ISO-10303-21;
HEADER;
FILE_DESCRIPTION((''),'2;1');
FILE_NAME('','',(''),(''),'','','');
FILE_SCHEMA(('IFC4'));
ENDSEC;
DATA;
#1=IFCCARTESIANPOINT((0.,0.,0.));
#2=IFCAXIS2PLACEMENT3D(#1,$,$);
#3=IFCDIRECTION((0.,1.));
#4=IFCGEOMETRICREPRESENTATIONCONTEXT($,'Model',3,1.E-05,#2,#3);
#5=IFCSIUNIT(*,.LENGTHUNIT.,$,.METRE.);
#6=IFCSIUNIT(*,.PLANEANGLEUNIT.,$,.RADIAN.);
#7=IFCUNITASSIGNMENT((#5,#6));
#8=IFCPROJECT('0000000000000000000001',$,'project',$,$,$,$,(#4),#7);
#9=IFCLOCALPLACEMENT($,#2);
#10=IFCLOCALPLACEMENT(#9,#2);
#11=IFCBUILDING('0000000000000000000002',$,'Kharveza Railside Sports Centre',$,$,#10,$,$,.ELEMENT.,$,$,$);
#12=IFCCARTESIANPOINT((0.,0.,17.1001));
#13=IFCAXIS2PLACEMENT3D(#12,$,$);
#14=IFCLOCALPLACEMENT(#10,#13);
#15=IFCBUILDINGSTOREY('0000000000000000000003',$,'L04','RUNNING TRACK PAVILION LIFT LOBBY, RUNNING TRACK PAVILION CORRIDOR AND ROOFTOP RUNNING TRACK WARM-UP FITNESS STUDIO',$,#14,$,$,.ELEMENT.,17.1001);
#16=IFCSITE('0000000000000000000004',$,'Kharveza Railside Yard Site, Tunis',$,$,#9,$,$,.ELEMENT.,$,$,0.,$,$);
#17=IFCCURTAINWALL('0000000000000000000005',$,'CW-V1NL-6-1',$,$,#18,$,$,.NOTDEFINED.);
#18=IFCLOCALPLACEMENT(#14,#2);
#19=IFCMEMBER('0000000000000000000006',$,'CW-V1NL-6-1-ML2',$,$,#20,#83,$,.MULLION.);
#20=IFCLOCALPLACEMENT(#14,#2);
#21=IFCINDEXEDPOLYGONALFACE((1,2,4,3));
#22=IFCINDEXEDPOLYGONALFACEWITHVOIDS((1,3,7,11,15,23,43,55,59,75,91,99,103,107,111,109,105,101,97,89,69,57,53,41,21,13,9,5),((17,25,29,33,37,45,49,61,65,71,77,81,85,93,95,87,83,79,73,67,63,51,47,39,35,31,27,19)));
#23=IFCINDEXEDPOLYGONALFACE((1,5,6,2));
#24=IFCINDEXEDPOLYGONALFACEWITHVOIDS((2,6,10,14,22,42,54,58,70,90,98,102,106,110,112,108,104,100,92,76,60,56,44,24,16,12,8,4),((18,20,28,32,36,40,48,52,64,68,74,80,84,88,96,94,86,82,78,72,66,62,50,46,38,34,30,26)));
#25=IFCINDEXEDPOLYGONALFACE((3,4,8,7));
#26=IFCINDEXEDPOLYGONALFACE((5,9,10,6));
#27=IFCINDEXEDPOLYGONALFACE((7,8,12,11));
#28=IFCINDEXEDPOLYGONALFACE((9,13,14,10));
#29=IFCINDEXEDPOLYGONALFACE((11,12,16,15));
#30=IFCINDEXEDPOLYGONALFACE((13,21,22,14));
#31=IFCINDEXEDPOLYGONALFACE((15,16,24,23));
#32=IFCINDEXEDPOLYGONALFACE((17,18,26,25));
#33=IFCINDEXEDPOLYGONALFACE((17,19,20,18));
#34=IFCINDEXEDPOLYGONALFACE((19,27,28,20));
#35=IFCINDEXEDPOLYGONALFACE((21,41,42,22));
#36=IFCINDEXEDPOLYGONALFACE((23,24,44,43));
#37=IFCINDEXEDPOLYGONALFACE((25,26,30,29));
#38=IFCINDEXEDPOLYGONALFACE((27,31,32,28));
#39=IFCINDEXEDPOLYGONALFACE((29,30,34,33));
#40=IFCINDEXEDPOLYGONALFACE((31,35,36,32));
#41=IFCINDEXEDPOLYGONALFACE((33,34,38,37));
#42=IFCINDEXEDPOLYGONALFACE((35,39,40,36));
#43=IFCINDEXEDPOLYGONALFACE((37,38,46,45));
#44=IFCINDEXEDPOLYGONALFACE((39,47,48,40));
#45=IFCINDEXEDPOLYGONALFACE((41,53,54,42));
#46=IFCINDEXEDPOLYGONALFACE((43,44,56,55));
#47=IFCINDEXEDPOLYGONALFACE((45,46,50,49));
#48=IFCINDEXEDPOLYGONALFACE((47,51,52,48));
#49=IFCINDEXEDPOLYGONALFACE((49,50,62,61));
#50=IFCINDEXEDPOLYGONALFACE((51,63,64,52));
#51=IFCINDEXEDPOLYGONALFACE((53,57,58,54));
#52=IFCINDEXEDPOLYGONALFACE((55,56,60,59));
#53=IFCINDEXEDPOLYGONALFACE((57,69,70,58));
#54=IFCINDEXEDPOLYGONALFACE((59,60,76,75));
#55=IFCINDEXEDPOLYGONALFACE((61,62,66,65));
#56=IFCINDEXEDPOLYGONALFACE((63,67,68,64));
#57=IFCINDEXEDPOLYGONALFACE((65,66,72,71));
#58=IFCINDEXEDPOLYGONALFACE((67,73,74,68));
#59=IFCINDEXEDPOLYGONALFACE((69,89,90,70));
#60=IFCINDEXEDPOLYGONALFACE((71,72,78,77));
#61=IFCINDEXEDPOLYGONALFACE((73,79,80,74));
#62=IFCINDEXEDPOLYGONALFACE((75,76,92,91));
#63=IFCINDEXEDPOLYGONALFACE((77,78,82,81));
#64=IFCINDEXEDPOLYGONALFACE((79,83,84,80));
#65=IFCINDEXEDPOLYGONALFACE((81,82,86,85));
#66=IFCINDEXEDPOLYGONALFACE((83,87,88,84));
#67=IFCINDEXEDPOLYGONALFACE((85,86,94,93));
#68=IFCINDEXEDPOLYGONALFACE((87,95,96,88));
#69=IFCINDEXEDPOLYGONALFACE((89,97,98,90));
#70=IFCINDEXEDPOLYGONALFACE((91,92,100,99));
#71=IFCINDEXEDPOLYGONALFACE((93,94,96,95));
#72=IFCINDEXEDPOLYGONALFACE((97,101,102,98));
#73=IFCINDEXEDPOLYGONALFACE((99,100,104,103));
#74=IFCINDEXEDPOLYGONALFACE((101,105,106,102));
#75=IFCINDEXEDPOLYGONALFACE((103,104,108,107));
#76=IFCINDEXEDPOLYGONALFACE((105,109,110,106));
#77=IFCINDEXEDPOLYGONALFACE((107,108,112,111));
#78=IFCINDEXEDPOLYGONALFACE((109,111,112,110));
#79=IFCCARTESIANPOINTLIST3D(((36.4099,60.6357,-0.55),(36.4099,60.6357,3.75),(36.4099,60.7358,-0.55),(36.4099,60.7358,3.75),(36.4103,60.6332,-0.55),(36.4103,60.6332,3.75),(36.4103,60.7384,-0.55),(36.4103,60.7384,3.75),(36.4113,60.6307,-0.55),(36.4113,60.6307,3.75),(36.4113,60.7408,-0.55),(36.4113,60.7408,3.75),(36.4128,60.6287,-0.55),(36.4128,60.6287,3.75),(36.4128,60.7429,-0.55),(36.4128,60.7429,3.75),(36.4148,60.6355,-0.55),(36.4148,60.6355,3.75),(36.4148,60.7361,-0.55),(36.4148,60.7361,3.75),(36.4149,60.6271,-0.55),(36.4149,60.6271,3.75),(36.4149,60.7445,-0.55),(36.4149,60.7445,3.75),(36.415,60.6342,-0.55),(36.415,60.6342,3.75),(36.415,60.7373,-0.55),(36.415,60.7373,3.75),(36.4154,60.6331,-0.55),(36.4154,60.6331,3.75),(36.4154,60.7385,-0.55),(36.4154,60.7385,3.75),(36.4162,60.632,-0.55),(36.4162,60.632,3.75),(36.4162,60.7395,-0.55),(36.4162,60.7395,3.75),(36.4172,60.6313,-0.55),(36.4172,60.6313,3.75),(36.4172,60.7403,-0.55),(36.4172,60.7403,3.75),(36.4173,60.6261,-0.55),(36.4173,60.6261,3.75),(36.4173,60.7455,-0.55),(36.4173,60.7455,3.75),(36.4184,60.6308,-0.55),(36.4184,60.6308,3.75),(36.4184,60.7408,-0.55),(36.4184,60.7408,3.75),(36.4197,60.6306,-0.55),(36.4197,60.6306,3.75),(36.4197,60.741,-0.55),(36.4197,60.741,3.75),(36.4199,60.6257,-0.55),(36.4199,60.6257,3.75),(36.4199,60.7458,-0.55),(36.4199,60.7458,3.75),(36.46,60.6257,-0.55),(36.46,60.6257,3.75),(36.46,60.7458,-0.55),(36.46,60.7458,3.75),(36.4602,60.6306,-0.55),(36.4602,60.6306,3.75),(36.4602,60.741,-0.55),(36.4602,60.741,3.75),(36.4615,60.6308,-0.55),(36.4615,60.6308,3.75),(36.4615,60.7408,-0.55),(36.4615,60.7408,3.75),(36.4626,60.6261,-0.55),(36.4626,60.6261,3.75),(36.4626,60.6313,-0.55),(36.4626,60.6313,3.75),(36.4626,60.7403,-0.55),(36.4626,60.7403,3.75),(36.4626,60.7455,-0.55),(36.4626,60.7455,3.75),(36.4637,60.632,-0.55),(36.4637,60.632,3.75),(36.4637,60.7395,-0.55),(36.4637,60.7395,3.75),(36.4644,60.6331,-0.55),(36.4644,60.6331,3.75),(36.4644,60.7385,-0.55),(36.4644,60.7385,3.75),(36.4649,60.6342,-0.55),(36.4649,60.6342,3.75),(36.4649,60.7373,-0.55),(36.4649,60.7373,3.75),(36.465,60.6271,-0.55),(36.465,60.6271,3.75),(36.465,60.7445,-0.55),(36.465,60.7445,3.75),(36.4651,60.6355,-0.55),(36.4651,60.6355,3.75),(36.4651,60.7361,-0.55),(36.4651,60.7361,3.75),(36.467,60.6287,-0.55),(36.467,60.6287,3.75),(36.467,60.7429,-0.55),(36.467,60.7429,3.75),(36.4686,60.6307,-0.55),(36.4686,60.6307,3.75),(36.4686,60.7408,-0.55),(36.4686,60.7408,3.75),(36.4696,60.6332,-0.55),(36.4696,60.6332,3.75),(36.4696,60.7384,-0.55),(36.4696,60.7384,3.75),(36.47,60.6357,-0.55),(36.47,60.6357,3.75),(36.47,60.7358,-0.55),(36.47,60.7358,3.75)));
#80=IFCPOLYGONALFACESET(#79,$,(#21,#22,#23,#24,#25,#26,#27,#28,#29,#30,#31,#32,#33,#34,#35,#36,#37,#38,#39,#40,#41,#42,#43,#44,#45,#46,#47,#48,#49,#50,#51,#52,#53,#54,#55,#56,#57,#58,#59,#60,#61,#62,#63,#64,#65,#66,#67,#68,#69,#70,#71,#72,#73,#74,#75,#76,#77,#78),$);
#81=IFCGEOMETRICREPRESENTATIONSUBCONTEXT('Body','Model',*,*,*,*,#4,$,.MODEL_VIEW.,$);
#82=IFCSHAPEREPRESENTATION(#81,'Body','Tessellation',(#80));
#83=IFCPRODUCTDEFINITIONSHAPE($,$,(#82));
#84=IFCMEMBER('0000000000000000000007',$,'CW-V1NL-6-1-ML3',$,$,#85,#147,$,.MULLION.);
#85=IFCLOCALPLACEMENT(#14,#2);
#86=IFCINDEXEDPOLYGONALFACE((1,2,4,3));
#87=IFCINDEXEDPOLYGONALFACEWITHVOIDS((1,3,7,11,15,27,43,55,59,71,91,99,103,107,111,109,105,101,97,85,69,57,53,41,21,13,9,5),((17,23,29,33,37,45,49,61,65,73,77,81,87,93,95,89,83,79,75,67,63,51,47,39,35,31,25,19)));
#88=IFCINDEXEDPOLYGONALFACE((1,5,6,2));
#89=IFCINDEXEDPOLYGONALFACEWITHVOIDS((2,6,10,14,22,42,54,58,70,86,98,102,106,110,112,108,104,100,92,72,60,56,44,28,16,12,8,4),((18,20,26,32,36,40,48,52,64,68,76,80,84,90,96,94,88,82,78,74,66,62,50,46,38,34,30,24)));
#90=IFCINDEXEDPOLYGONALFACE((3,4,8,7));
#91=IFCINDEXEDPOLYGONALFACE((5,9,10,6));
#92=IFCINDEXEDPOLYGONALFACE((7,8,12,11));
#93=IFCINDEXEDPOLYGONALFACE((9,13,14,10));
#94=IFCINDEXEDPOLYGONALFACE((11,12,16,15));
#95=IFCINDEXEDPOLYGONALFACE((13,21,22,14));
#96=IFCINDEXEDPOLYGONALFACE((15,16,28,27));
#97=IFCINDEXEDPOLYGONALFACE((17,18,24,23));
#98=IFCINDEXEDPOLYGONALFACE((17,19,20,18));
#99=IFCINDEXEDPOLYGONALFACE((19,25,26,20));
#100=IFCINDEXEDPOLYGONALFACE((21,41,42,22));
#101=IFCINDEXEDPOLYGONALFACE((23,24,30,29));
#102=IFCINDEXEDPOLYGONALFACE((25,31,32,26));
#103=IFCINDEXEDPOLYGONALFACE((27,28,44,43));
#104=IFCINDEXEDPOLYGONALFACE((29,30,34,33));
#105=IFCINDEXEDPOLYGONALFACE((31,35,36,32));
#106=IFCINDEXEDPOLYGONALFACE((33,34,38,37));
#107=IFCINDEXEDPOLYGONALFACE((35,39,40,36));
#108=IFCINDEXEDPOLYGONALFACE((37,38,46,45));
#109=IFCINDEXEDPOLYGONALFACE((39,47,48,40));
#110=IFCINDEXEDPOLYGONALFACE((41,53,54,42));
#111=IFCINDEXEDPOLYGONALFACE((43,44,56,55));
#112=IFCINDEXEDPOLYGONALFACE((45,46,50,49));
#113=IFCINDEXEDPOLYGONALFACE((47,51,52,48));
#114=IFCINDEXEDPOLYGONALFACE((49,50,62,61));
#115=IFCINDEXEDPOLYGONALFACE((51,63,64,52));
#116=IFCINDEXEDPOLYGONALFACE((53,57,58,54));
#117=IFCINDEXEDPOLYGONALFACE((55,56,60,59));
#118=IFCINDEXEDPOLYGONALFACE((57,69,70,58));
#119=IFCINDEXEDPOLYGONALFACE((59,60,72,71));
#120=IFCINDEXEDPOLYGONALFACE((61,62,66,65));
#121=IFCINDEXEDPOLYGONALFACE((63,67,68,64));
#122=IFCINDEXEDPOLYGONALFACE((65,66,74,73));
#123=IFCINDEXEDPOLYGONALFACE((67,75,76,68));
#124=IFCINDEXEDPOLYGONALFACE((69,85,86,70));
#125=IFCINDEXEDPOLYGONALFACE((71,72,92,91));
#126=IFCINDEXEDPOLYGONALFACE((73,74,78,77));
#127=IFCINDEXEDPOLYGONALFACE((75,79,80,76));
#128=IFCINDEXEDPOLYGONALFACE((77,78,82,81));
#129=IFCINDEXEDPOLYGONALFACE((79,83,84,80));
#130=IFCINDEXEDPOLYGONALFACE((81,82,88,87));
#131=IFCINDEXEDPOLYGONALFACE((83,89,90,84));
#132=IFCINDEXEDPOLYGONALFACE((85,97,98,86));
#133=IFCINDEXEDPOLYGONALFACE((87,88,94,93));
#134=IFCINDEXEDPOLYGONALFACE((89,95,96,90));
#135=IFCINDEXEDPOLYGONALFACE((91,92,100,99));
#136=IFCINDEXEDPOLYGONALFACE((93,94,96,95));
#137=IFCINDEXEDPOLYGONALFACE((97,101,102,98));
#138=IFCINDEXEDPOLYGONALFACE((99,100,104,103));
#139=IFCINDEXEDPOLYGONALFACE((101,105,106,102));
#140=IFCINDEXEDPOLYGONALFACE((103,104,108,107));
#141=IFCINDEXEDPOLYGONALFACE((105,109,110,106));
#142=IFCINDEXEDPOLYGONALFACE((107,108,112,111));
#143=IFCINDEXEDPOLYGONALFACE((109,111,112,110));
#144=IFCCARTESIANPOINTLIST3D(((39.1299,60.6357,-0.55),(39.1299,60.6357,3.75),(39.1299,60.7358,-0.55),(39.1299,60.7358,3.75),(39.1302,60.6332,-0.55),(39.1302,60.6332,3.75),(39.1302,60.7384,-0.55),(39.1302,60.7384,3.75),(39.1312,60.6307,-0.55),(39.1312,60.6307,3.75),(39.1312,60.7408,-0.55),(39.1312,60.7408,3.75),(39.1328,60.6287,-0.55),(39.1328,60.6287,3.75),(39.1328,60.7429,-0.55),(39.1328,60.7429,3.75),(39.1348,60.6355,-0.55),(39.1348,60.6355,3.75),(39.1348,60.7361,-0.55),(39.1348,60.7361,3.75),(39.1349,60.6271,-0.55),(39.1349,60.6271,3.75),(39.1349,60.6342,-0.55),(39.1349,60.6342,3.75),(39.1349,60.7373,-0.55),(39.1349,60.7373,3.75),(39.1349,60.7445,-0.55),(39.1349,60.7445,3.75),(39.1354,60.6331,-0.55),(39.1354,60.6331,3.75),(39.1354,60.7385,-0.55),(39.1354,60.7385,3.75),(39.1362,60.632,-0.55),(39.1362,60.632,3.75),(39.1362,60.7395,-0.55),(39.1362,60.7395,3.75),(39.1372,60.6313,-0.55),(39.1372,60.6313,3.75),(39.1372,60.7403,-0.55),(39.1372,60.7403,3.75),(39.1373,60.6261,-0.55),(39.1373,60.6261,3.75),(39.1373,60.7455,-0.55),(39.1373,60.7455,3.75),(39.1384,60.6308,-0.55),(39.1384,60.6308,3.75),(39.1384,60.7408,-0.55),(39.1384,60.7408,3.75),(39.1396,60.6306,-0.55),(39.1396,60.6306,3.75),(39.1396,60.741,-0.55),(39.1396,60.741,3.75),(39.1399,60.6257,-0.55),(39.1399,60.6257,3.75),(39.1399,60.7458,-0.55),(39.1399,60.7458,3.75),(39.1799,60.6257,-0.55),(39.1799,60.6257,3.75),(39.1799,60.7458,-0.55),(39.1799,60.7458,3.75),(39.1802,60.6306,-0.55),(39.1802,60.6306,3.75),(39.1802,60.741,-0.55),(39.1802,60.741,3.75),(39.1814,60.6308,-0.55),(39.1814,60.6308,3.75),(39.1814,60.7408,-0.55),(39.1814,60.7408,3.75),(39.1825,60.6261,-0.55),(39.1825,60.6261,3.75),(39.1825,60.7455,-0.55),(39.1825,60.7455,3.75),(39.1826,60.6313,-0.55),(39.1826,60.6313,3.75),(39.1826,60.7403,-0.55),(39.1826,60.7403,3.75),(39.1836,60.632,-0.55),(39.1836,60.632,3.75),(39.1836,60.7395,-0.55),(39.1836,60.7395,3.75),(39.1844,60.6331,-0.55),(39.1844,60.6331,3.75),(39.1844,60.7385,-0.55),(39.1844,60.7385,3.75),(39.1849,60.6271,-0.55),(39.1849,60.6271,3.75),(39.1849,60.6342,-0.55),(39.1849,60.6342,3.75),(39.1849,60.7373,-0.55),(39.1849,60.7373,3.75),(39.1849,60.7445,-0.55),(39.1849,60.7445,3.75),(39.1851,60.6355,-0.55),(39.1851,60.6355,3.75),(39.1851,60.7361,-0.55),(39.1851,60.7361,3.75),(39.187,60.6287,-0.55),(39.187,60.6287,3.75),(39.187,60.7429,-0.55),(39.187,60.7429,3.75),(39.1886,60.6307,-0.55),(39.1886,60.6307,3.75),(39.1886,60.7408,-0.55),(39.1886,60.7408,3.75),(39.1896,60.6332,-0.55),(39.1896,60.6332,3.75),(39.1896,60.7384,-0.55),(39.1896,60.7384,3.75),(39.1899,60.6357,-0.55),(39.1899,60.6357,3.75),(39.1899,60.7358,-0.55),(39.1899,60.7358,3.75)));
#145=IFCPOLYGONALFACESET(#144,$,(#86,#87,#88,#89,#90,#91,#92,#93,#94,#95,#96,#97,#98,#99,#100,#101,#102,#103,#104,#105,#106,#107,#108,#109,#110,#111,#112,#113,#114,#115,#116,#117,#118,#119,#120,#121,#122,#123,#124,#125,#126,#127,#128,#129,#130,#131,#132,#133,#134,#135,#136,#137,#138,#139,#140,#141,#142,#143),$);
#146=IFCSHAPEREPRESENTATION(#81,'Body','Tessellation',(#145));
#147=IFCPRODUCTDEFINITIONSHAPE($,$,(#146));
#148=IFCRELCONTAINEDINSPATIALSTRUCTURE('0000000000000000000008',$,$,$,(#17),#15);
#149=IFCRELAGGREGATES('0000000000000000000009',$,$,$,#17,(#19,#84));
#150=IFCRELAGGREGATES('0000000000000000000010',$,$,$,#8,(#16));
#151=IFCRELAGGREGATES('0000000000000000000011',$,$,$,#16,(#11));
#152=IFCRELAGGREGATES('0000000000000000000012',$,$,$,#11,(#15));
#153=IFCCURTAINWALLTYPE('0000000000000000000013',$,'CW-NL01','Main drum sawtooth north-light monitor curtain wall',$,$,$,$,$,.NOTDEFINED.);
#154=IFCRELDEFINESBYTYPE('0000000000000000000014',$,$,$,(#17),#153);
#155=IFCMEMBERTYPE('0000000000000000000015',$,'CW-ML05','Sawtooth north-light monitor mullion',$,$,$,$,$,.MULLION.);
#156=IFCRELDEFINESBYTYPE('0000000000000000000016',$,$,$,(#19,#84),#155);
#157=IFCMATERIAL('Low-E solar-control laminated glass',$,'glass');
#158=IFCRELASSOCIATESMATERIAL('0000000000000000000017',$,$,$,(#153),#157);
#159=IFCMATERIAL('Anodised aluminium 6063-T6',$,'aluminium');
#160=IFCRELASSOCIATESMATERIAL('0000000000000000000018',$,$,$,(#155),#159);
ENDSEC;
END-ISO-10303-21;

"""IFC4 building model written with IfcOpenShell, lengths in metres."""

from ifc_helpers import new_model, si_unit, direction, frame, origin, origin_2d, place, context, subcontext, project, spatial, hollow_rectangle, extrude, material, material_profile, profile_set, type_object, element, aggregate, save


model = new_model("IFC4")

# Units and contexts
model_context = context("Model", 3, precision=1e-05, world=origin(), true_north=direction((0.0, 1.0)))
body_context = subcontext(model_context, "Body", "Model", "MODEL_VIEW")
ifc_project = project(units=[si_unit("LENGTHUNIT", "METRE"), si_unit("PLANEANGLEUNIT", "RADIAN")], contexts=[model_context])

# Site, building, storey
site_placement = place(None, origin())
site = spatial("IfcSite", under=ifc_project, at=site_placement, Name="Kharveza Railside Yard Site, Tunis", CompositionType="ELEMENT", RefElevation=0.0)
building_placement = place(site_placement, origin())
building = spatial("IfcBuilding", under=site, at=building_placement, Name="Kharveza Railside Sports Centre", CompositionType="ELEMENT")
storey_placement = place(building_placement, frame((0.0, 0.0, 17.1001)))
storey = spatial("IfcBuildingStorey", under=building, at=storey_placement, Name="L04", Description="RUNNING TRACK PAVILION LIFT LOBBY, RUNNING TRACK PAVILION CORRIDOR AND ROOFTOP RUNNING TRACK WARM-UP FITNESS STUDIO", CompositionType="ELEMENT", Elevation=17.1001)

# Curtain wall, members
ifc_material_1 = material(Name="Low-E solar-control laminated glass", Category="glass")
curtain_wall_type = type_object("IfcCurtainWallType", Name="CW-NL01", Description="Main drum sawtooth north-light monitor curtain wall", PredefinedType="NOTDEFINED", material=ifc_material_1)
curtain_wall_1_placement = place(storey_placement, origin())
curtain_wall_1 = element("IfcCurtainWall", 1, at=curtain_wall_1_placement, inside=storey, type_object=curtain_wall_type, Name="CW-V1NL-6-1", PredefinedType="NOTDEFINED")
ifc_material_2 = material(Name="Anodised aluminium 6063-T6", Category="aluminium")
ifc_material_profile_1 = material_profile(ifc_material_2, hollow_rectangle(XDim=0.0601, YDim=0.1201, WallThickness=0.0049, InnerFilletRadius=0.0049, OuterFilletRadius=0.01, at=origin_2d()), Name="RHS 60x120x5.0")
ifc_profile_set_1 = profile_set([ifc_material_profile_1], Name="Anodised aluminium 6063-T6")
member_type_1 = type_object("IfcMemberType", Name="CW-ML05", Description="Sawtooth north-light monitor mullion", PredefinedType="MULLION", material=ifc_profile_set_1)
member_1_placement = place(storey_placement, frame((36.4399, 60.6858, -0.55), z_axis=(0.0, 0.0, 1.0), x_axis=(1.0, 0.0, 0.0)))
member_1 = element("IfcMember", 2, at=member_1_placement, type_object=member_type_1, Name="CW-V1NL-6-1-ML2", PredefinedType="MULLION", context=body_context, shape_type="SweptSolid", body=[
    extrude(hollow_rectangle(XDim=0.0601, YDim=0.1201, WallThickness=0.0049, InnerFilletRadius=0.0049, OuterFilletRadius=0.01, at=origin_2d()), origin(), (0.0, 0.0, 1.0), 4.3),
])
member_2_placement = place(storey_placement, frame((39.1599, 60.6858, -0.55), z_axis=(0.0, 0.0, 1.0), x_axis=(1.0, 0.0, 0.0)))
member_2 = element("IfcMember", 3, at=member_2_placement, type_object=member_type_1, Name="CW-V1NL-6-1-ML3", PredefinedType="MULLION", context=body_context, shape_type="SweptSolid", body=[
    extrude(hollow_rectangle(XDim=0.0601, YDim=0.1201, WallThickness=0.0049, InnerFilletRadius=0.0049, OuterFilletRadius=0.01, at=origin_2d()), origin(), (0.0, 0.0, 1.0), 4.3),
])

aggregate(curtain_wall_1, [member_1, member_2])

save(model, "model.ifc")
